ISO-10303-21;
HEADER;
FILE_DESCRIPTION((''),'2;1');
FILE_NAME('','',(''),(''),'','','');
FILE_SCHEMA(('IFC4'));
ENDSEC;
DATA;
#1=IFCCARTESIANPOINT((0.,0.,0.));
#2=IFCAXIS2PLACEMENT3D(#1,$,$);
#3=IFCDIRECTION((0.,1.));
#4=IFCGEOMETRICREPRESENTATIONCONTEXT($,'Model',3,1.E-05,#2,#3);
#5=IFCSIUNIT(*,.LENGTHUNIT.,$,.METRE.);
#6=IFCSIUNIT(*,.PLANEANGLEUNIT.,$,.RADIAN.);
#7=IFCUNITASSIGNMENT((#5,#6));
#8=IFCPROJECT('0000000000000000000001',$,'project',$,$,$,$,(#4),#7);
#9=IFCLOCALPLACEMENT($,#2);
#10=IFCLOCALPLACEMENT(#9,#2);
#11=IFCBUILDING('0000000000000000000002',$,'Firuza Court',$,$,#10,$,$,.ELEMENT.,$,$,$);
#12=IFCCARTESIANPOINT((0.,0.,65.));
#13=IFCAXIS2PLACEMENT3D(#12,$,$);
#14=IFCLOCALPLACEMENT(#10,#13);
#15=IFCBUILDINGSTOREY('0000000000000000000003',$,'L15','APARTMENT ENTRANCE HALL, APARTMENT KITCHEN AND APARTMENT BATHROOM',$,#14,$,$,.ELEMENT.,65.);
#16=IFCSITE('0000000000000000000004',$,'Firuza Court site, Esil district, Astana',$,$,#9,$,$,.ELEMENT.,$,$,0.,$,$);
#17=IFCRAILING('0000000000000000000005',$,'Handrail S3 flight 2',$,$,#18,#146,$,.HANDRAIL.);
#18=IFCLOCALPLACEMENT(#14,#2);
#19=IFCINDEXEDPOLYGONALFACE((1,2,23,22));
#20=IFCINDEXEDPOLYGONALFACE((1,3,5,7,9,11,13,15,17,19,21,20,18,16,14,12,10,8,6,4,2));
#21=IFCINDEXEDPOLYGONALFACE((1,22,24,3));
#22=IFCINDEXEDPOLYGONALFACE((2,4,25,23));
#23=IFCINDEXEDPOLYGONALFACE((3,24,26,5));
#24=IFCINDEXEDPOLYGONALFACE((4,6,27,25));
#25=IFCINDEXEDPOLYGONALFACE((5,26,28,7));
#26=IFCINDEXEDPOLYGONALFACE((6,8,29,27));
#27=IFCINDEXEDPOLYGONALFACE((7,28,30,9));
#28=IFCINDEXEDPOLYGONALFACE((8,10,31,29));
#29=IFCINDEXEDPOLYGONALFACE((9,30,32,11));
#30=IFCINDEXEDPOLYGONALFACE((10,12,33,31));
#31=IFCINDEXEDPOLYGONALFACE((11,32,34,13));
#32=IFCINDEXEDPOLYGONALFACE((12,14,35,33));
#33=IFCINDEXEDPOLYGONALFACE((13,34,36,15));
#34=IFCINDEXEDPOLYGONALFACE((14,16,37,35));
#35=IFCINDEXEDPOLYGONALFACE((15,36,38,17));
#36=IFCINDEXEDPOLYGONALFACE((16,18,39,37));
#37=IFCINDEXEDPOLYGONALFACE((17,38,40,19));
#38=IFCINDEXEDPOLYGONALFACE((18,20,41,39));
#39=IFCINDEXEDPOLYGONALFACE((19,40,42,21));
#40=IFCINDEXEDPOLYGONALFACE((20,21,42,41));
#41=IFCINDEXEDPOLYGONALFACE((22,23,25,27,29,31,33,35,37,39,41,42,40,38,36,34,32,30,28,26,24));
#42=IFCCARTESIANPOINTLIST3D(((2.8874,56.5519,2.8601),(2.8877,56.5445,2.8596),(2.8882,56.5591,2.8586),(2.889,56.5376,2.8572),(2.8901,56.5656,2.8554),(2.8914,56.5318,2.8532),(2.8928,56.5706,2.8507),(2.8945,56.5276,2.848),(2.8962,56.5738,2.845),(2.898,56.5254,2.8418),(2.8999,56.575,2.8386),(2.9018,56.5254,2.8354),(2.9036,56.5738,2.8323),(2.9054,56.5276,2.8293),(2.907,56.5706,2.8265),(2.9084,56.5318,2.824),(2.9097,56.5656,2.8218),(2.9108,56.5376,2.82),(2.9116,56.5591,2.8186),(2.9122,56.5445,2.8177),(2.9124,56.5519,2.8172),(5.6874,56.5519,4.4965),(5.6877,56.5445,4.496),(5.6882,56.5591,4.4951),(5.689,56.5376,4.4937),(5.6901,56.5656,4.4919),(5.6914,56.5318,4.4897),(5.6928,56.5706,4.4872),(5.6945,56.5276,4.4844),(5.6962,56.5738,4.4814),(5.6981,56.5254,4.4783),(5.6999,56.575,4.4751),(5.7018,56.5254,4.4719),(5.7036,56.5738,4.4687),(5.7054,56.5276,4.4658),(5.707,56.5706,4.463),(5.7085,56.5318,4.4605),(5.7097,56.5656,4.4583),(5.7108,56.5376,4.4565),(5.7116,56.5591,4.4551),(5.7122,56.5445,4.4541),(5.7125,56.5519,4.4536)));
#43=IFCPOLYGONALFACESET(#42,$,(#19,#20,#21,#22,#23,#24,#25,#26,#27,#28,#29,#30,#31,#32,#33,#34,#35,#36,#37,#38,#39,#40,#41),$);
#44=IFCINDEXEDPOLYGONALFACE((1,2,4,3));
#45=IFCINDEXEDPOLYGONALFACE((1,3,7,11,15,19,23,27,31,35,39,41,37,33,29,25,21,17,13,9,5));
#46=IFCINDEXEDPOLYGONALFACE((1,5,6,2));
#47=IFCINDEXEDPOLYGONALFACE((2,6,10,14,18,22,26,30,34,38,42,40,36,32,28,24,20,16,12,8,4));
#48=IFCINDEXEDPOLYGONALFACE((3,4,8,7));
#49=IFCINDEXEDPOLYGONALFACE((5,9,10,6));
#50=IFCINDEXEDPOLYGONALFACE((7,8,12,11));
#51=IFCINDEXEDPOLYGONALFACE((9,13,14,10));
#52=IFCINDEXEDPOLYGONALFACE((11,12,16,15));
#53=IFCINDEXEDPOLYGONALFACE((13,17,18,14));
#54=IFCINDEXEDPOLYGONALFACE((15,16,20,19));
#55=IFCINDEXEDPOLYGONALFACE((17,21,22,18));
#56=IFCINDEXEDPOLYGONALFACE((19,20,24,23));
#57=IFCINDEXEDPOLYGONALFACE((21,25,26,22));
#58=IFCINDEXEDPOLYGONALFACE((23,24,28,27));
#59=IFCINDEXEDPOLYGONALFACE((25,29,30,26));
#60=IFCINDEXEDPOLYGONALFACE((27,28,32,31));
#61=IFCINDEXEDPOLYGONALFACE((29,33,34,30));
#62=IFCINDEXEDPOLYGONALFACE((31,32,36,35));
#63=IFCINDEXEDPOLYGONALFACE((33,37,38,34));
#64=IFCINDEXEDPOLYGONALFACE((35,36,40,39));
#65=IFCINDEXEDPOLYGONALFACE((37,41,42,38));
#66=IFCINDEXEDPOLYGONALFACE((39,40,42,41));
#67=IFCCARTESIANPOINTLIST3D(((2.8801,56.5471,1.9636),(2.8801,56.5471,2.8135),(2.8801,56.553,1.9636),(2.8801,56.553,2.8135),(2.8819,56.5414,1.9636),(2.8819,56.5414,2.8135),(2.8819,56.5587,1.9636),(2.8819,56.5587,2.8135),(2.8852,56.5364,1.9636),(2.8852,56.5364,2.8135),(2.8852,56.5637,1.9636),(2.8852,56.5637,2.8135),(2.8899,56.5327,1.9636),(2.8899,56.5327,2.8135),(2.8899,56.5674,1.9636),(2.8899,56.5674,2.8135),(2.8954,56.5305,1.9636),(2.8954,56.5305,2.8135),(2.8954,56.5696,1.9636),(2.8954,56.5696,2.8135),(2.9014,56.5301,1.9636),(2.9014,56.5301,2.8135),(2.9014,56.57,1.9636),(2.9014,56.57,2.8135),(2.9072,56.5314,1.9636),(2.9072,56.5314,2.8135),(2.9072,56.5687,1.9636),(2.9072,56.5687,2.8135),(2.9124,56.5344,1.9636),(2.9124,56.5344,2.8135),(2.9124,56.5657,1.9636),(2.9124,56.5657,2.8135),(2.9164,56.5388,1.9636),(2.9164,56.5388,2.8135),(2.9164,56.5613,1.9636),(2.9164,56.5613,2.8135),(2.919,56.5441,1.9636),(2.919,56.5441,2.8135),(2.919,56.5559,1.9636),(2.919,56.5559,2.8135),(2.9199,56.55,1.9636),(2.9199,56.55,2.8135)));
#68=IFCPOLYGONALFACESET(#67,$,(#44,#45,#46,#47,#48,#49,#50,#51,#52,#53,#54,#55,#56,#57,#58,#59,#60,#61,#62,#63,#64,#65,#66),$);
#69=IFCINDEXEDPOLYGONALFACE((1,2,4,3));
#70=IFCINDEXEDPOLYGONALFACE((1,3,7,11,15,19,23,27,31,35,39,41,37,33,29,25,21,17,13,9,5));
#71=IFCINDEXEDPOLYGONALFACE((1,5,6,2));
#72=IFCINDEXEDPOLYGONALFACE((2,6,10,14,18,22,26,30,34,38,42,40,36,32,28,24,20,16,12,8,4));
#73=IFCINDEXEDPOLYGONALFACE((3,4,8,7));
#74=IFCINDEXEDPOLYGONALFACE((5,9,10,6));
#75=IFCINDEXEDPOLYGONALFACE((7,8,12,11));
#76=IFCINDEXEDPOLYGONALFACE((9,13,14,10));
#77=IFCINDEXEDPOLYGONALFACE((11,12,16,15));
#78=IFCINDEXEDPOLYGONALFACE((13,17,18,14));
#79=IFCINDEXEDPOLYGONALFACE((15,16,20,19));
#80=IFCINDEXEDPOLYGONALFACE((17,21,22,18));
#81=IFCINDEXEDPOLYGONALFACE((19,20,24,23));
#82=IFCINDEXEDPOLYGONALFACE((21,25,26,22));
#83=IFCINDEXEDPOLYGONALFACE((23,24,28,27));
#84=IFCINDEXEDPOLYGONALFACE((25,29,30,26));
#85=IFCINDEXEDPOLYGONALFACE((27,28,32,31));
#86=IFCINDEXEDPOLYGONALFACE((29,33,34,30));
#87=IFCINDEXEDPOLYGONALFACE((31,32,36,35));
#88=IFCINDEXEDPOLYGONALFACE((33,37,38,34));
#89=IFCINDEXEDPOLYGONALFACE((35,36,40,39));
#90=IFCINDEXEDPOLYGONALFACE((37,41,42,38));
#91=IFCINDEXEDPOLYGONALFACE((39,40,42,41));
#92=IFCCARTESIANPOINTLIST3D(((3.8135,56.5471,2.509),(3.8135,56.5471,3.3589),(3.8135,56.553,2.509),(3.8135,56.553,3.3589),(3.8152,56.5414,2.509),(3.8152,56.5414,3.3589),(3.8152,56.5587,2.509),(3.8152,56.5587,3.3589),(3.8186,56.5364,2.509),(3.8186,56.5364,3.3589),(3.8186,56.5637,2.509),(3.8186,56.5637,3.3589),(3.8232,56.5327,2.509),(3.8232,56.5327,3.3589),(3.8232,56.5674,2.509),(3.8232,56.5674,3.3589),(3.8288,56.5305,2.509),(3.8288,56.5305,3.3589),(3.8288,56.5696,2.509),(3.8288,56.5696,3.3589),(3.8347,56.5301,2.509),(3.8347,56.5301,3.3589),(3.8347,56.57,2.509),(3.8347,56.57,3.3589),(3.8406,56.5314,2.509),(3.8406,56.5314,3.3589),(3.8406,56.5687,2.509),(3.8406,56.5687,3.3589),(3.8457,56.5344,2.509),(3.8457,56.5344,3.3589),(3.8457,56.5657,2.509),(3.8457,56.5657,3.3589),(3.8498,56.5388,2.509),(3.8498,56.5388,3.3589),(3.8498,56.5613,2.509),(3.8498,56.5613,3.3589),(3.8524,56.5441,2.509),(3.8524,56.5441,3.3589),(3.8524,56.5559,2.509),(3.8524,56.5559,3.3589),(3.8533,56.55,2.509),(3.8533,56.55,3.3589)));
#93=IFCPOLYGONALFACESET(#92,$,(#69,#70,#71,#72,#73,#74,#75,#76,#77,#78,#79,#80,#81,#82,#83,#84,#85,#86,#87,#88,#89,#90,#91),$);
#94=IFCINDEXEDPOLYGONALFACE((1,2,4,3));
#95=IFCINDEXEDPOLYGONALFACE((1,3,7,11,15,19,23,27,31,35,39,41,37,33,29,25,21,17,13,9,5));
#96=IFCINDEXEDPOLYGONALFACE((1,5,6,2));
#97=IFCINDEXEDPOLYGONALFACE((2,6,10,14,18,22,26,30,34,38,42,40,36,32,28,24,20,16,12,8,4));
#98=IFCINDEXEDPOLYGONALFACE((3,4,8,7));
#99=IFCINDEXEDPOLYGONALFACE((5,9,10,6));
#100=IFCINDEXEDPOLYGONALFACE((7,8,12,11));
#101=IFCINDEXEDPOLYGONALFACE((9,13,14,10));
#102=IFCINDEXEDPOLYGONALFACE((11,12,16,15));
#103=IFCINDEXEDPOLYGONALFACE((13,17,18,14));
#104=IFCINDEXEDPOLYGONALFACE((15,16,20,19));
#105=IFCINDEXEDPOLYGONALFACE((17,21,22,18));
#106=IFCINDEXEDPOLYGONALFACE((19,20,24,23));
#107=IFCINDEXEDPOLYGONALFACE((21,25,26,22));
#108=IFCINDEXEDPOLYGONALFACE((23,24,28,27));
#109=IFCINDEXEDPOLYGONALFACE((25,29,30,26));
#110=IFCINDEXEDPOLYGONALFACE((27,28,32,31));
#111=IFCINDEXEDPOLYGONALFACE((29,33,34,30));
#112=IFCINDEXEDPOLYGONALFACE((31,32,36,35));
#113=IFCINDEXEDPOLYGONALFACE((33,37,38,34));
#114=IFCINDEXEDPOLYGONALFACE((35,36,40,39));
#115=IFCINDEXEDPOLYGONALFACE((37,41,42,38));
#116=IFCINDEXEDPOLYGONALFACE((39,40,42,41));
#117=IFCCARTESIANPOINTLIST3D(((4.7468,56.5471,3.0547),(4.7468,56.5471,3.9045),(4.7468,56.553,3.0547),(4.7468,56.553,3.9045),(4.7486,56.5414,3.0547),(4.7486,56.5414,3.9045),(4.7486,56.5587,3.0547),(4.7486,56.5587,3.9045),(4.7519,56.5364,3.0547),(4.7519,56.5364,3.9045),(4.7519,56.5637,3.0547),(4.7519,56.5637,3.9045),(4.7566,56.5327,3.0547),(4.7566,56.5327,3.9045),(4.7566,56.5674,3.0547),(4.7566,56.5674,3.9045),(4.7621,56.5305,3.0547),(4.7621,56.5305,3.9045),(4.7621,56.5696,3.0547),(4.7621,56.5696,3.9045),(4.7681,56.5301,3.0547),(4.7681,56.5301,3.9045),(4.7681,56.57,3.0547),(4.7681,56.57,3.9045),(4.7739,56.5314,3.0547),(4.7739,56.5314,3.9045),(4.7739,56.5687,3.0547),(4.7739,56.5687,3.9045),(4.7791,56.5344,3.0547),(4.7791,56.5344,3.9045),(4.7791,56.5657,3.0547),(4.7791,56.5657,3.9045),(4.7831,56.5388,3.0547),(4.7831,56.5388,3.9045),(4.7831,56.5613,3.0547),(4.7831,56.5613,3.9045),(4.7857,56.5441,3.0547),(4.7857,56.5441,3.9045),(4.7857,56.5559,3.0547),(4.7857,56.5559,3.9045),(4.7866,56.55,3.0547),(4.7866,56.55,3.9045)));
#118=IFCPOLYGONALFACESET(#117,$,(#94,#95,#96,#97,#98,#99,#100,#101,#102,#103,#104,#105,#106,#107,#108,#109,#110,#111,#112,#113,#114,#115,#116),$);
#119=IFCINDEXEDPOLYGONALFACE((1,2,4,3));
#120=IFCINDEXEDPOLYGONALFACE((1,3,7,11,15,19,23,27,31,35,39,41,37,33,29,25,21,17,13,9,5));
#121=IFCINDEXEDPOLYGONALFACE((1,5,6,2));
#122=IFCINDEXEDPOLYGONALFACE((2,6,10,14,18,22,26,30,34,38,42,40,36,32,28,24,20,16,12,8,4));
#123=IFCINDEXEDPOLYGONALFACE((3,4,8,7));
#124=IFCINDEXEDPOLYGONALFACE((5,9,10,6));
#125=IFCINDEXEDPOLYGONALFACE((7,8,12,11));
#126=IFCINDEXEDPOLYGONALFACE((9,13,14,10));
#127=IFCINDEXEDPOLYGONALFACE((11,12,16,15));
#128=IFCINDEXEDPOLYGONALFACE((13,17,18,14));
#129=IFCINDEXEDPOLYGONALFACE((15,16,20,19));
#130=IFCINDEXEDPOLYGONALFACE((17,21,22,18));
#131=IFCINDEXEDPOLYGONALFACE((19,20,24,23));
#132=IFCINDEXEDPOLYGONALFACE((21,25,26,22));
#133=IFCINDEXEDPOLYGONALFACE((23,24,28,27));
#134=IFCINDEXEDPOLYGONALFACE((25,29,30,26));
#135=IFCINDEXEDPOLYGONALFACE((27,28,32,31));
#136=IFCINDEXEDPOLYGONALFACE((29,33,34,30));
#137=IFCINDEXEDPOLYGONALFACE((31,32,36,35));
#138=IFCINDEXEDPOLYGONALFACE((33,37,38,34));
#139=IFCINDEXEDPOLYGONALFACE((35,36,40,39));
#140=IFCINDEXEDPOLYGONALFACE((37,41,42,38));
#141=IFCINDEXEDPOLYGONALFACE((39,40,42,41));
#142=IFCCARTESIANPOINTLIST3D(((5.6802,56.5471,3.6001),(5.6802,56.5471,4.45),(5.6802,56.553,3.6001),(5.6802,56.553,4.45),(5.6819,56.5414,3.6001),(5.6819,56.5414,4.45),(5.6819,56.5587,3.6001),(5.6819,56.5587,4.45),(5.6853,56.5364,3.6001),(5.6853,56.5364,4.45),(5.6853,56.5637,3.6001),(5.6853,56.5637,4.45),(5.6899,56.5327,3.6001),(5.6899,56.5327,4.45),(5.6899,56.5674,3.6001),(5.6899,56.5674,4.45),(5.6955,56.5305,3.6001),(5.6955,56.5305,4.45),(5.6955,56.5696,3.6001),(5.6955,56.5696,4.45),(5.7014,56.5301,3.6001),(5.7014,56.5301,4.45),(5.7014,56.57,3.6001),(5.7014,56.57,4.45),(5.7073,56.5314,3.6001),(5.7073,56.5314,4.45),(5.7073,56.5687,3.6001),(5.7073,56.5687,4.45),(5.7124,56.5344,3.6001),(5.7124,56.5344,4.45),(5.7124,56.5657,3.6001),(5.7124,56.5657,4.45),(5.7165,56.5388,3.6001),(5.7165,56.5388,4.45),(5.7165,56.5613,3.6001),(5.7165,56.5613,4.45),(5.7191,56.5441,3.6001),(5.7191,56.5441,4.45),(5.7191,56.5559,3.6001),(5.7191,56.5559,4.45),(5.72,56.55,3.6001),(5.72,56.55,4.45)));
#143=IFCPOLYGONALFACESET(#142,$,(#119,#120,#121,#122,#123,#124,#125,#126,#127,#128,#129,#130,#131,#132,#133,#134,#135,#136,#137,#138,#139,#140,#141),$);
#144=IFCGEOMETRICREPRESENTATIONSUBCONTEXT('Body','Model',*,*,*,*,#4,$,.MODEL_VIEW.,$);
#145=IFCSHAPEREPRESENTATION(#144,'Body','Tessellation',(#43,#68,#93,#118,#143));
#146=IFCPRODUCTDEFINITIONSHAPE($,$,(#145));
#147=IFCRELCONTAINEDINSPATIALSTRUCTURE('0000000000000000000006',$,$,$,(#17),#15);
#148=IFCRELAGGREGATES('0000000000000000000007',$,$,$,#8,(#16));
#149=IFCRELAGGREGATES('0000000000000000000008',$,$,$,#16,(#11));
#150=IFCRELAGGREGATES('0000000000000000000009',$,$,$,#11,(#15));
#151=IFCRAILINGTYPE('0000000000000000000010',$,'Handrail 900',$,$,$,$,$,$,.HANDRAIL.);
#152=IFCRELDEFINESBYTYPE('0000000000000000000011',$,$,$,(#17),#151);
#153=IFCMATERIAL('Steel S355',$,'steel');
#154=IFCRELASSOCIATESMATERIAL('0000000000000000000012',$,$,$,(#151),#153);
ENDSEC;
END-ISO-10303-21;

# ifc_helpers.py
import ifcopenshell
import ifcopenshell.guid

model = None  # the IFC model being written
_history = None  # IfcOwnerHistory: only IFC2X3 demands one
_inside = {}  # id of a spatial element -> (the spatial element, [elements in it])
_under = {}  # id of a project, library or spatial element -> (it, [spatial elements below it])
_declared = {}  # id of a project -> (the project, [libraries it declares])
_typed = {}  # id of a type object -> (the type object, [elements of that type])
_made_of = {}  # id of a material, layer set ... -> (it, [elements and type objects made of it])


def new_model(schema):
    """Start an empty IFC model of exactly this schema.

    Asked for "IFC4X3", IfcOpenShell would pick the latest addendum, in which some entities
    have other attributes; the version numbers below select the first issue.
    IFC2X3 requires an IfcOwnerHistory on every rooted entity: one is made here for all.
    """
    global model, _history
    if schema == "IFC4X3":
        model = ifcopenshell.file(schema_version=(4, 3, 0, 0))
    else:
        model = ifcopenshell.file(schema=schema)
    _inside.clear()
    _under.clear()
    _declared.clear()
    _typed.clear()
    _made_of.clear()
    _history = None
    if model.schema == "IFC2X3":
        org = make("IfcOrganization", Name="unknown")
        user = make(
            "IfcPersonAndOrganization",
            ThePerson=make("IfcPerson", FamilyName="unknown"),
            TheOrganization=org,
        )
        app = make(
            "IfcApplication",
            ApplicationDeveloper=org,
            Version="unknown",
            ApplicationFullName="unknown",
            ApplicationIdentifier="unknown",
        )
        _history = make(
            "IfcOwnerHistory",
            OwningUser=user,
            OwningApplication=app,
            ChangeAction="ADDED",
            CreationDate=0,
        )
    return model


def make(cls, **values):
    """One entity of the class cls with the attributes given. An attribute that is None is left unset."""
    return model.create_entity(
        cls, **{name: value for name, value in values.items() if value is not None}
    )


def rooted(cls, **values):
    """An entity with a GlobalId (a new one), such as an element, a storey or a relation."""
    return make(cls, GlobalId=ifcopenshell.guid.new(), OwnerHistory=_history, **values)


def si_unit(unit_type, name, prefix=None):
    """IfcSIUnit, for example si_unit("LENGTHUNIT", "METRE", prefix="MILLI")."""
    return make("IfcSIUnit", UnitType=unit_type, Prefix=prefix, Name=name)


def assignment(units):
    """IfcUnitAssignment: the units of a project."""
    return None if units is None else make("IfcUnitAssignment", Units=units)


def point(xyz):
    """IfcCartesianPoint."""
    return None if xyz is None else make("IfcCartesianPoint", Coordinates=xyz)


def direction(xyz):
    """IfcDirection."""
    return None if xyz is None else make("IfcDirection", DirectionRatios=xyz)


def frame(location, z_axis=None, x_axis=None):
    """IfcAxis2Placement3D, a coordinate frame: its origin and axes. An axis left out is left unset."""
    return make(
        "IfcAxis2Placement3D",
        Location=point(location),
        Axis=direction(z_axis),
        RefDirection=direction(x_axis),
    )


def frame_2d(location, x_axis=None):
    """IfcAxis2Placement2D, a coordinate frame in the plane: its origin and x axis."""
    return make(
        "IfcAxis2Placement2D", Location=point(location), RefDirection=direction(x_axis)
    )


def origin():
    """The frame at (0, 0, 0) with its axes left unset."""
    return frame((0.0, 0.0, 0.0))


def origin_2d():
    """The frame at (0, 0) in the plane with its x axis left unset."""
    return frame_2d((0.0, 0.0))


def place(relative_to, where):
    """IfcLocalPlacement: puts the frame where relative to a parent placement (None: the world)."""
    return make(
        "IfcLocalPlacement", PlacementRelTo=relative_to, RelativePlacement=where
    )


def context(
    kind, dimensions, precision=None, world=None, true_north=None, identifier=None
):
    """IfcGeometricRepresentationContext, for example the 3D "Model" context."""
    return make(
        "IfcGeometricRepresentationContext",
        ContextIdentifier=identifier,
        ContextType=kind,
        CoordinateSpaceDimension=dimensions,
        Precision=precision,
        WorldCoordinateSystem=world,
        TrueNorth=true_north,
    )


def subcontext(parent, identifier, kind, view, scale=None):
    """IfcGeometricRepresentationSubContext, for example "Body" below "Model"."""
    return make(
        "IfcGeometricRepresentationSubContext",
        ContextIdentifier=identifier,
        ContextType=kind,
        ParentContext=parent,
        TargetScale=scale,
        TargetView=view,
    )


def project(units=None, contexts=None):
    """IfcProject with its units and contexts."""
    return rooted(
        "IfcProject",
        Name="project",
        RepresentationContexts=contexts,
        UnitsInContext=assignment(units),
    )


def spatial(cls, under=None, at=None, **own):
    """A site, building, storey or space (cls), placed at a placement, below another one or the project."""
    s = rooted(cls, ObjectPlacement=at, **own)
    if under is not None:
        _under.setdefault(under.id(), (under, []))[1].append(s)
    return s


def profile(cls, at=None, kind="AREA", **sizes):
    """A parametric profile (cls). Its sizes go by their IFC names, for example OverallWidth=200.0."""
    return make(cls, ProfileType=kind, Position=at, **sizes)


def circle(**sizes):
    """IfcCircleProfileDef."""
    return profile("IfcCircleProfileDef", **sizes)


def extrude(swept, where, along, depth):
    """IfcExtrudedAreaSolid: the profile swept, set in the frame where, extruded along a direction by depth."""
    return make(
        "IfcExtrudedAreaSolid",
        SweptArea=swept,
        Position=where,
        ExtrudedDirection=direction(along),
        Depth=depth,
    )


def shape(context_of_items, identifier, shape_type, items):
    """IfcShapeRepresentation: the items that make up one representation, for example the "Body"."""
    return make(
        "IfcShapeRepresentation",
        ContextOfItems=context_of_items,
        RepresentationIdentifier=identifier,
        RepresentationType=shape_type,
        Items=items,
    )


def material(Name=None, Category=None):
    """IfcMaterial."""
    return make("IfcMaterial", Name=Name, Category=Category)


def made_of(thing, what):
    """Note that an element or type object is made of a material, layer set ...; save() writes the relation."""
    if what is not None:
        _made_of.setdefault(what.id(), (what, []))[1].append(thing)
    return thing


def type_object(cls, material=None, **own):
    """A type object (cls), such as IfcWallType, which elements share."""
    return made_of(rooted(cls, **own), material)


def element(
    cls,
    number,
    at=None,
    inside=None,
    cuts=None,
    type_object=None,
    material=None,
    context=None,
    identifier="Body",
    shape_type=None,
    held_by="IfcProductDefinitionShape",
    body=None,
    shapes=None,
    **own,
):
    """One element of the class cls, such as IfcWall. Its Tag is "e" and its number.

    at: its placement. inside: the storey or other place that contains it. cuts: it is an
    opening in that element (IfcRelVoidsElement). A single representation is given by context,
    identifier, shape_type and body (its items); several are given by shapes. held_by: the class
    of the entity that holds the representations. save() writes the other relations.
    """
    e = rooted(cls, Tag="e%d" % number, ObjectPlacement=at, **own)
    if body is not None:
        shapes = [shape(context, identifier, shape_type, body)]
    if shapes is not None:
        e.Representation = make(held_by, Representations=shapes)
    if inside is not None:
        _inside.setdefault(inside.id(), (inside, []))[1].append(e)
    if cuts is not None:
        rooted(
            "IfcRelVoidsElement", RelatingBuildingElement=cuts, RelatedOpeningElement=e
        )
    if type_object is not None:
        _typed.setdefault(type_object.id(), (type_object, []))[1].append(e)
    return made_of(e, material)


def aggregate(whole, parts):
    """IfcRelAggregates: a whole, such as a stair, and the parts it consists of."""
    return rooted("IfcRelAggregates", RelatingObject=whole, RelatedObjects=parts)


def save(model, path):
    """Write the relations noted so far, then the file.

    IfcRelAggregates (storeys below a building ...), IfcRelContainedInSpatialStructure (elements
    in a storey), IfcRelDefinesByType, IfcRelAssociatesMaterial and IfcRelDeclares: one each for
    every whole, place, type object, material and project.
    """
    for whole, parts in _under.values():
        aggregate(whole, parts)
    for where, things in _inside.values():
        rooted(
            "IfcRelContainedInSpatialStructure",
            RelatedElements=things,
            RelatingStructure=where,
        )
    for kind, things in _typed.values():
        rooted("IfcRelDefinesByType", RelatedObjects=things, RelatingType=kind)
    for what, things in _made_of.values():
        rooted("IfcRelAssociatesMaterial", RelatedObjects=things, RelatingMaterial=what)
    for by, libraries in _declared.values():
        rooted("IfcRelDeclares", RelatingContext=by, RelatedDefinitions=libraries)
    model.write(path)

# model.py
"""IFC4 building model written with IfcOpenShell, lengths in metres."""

from ifc_helpers import new_model, si_unit, direction, frame, origin, origin_2d, place, context, subcontext, project, spatial, circle, extrude, material, type_object, element, save


model = new_model("IFC4")

# Units and contexts
model_context = context("Model", 3, precision=1e-05, world=origin(), true_north=direction((0.0, 1.0)))
body_context = subcontext(model_context, "Body", "Model", "MODEL_VIEW")
ifc_project = project(units=[si_unit("LENGTHUNIT", "METRE"), si_unit("PLANEANGLEUNIT", "RADIAN")], contexts=[model_context])

# Site, building, storey
site_placement = place(None, origin())
site = spatial("IfcSite", under=ifc_project, at=site_placement, Name="Firuza Court site, Esil district, Astana", CompositionType="ELEMENT", RefElevation=0.0)
building_placement = place(site_placement, origin())
building = spatial("IfcBuilding", under=site, at=building_placement, Name="Firuza Court", CompositionType="ELEMENT")
storey_placement = place(building_placement, frame((0.0, 0.0, 65.0)))
storey = spatial("IfcBuildingStorey", under=building, at=storey_placement, Name="L15", Description="APARTMENT ENTRANCE HALL, APARTMENT KITCHEN AND APARTMENT BATHROOM", CompositionType="ELEMENT", Elevation=65.0)

# Railing
ifc_material_1 = material(Name="Steel S355", Category="steel")
railing_type_1 = type_object("IfcRailingType", Name="Handrail 900", PredefinedType="HANDRAIL", material=ifc_material_1)
railing_1_placement = place(storey_placement, frame((2.8999, 56.55, 1.9636)))
element("IfcRailing", 1, at=railing_1_placement, inside=storey, type_object=railing_type_1, Name="Handrail S3 flight 2", PredefinedType="HANDRAIL", context=body_context, shape_type="SweptSolid", body=[
    extrude(circle(Radius=0.0249, at=origin_2d()), frame((0.0, 0.0, 0.875), z_axis=(0.863361, 0.0, 0.504587), x_axis=(0.0, 1.0, 0.0)), (0.0, 0.0, 1.0), 3.2432),
    extrude(circle(Radius=0.02, at=origin_2d()), origin(), (0.0, 0.0, 1.0), 0.8499),
    extrude(circle(Radius=0.02, at=origin_2d()), frame((0.9333, 0.0, 0.5454)), (0.0, 0.0, 1.0), 0.8499),
    extrude(circle(Radius=0.02, at=origin_2d()), frame((1.8667, 0.0, 1.0911)), (0.0, 0.0, 1.0), 0.8499),
    extrude(circle(Radius=0.02, at=origin_2d()), frame((2.8, 0.0, 1.6365)), (0.0, 0.0, 1.0), 0.8499),
])

save(model, "model.ifc")
